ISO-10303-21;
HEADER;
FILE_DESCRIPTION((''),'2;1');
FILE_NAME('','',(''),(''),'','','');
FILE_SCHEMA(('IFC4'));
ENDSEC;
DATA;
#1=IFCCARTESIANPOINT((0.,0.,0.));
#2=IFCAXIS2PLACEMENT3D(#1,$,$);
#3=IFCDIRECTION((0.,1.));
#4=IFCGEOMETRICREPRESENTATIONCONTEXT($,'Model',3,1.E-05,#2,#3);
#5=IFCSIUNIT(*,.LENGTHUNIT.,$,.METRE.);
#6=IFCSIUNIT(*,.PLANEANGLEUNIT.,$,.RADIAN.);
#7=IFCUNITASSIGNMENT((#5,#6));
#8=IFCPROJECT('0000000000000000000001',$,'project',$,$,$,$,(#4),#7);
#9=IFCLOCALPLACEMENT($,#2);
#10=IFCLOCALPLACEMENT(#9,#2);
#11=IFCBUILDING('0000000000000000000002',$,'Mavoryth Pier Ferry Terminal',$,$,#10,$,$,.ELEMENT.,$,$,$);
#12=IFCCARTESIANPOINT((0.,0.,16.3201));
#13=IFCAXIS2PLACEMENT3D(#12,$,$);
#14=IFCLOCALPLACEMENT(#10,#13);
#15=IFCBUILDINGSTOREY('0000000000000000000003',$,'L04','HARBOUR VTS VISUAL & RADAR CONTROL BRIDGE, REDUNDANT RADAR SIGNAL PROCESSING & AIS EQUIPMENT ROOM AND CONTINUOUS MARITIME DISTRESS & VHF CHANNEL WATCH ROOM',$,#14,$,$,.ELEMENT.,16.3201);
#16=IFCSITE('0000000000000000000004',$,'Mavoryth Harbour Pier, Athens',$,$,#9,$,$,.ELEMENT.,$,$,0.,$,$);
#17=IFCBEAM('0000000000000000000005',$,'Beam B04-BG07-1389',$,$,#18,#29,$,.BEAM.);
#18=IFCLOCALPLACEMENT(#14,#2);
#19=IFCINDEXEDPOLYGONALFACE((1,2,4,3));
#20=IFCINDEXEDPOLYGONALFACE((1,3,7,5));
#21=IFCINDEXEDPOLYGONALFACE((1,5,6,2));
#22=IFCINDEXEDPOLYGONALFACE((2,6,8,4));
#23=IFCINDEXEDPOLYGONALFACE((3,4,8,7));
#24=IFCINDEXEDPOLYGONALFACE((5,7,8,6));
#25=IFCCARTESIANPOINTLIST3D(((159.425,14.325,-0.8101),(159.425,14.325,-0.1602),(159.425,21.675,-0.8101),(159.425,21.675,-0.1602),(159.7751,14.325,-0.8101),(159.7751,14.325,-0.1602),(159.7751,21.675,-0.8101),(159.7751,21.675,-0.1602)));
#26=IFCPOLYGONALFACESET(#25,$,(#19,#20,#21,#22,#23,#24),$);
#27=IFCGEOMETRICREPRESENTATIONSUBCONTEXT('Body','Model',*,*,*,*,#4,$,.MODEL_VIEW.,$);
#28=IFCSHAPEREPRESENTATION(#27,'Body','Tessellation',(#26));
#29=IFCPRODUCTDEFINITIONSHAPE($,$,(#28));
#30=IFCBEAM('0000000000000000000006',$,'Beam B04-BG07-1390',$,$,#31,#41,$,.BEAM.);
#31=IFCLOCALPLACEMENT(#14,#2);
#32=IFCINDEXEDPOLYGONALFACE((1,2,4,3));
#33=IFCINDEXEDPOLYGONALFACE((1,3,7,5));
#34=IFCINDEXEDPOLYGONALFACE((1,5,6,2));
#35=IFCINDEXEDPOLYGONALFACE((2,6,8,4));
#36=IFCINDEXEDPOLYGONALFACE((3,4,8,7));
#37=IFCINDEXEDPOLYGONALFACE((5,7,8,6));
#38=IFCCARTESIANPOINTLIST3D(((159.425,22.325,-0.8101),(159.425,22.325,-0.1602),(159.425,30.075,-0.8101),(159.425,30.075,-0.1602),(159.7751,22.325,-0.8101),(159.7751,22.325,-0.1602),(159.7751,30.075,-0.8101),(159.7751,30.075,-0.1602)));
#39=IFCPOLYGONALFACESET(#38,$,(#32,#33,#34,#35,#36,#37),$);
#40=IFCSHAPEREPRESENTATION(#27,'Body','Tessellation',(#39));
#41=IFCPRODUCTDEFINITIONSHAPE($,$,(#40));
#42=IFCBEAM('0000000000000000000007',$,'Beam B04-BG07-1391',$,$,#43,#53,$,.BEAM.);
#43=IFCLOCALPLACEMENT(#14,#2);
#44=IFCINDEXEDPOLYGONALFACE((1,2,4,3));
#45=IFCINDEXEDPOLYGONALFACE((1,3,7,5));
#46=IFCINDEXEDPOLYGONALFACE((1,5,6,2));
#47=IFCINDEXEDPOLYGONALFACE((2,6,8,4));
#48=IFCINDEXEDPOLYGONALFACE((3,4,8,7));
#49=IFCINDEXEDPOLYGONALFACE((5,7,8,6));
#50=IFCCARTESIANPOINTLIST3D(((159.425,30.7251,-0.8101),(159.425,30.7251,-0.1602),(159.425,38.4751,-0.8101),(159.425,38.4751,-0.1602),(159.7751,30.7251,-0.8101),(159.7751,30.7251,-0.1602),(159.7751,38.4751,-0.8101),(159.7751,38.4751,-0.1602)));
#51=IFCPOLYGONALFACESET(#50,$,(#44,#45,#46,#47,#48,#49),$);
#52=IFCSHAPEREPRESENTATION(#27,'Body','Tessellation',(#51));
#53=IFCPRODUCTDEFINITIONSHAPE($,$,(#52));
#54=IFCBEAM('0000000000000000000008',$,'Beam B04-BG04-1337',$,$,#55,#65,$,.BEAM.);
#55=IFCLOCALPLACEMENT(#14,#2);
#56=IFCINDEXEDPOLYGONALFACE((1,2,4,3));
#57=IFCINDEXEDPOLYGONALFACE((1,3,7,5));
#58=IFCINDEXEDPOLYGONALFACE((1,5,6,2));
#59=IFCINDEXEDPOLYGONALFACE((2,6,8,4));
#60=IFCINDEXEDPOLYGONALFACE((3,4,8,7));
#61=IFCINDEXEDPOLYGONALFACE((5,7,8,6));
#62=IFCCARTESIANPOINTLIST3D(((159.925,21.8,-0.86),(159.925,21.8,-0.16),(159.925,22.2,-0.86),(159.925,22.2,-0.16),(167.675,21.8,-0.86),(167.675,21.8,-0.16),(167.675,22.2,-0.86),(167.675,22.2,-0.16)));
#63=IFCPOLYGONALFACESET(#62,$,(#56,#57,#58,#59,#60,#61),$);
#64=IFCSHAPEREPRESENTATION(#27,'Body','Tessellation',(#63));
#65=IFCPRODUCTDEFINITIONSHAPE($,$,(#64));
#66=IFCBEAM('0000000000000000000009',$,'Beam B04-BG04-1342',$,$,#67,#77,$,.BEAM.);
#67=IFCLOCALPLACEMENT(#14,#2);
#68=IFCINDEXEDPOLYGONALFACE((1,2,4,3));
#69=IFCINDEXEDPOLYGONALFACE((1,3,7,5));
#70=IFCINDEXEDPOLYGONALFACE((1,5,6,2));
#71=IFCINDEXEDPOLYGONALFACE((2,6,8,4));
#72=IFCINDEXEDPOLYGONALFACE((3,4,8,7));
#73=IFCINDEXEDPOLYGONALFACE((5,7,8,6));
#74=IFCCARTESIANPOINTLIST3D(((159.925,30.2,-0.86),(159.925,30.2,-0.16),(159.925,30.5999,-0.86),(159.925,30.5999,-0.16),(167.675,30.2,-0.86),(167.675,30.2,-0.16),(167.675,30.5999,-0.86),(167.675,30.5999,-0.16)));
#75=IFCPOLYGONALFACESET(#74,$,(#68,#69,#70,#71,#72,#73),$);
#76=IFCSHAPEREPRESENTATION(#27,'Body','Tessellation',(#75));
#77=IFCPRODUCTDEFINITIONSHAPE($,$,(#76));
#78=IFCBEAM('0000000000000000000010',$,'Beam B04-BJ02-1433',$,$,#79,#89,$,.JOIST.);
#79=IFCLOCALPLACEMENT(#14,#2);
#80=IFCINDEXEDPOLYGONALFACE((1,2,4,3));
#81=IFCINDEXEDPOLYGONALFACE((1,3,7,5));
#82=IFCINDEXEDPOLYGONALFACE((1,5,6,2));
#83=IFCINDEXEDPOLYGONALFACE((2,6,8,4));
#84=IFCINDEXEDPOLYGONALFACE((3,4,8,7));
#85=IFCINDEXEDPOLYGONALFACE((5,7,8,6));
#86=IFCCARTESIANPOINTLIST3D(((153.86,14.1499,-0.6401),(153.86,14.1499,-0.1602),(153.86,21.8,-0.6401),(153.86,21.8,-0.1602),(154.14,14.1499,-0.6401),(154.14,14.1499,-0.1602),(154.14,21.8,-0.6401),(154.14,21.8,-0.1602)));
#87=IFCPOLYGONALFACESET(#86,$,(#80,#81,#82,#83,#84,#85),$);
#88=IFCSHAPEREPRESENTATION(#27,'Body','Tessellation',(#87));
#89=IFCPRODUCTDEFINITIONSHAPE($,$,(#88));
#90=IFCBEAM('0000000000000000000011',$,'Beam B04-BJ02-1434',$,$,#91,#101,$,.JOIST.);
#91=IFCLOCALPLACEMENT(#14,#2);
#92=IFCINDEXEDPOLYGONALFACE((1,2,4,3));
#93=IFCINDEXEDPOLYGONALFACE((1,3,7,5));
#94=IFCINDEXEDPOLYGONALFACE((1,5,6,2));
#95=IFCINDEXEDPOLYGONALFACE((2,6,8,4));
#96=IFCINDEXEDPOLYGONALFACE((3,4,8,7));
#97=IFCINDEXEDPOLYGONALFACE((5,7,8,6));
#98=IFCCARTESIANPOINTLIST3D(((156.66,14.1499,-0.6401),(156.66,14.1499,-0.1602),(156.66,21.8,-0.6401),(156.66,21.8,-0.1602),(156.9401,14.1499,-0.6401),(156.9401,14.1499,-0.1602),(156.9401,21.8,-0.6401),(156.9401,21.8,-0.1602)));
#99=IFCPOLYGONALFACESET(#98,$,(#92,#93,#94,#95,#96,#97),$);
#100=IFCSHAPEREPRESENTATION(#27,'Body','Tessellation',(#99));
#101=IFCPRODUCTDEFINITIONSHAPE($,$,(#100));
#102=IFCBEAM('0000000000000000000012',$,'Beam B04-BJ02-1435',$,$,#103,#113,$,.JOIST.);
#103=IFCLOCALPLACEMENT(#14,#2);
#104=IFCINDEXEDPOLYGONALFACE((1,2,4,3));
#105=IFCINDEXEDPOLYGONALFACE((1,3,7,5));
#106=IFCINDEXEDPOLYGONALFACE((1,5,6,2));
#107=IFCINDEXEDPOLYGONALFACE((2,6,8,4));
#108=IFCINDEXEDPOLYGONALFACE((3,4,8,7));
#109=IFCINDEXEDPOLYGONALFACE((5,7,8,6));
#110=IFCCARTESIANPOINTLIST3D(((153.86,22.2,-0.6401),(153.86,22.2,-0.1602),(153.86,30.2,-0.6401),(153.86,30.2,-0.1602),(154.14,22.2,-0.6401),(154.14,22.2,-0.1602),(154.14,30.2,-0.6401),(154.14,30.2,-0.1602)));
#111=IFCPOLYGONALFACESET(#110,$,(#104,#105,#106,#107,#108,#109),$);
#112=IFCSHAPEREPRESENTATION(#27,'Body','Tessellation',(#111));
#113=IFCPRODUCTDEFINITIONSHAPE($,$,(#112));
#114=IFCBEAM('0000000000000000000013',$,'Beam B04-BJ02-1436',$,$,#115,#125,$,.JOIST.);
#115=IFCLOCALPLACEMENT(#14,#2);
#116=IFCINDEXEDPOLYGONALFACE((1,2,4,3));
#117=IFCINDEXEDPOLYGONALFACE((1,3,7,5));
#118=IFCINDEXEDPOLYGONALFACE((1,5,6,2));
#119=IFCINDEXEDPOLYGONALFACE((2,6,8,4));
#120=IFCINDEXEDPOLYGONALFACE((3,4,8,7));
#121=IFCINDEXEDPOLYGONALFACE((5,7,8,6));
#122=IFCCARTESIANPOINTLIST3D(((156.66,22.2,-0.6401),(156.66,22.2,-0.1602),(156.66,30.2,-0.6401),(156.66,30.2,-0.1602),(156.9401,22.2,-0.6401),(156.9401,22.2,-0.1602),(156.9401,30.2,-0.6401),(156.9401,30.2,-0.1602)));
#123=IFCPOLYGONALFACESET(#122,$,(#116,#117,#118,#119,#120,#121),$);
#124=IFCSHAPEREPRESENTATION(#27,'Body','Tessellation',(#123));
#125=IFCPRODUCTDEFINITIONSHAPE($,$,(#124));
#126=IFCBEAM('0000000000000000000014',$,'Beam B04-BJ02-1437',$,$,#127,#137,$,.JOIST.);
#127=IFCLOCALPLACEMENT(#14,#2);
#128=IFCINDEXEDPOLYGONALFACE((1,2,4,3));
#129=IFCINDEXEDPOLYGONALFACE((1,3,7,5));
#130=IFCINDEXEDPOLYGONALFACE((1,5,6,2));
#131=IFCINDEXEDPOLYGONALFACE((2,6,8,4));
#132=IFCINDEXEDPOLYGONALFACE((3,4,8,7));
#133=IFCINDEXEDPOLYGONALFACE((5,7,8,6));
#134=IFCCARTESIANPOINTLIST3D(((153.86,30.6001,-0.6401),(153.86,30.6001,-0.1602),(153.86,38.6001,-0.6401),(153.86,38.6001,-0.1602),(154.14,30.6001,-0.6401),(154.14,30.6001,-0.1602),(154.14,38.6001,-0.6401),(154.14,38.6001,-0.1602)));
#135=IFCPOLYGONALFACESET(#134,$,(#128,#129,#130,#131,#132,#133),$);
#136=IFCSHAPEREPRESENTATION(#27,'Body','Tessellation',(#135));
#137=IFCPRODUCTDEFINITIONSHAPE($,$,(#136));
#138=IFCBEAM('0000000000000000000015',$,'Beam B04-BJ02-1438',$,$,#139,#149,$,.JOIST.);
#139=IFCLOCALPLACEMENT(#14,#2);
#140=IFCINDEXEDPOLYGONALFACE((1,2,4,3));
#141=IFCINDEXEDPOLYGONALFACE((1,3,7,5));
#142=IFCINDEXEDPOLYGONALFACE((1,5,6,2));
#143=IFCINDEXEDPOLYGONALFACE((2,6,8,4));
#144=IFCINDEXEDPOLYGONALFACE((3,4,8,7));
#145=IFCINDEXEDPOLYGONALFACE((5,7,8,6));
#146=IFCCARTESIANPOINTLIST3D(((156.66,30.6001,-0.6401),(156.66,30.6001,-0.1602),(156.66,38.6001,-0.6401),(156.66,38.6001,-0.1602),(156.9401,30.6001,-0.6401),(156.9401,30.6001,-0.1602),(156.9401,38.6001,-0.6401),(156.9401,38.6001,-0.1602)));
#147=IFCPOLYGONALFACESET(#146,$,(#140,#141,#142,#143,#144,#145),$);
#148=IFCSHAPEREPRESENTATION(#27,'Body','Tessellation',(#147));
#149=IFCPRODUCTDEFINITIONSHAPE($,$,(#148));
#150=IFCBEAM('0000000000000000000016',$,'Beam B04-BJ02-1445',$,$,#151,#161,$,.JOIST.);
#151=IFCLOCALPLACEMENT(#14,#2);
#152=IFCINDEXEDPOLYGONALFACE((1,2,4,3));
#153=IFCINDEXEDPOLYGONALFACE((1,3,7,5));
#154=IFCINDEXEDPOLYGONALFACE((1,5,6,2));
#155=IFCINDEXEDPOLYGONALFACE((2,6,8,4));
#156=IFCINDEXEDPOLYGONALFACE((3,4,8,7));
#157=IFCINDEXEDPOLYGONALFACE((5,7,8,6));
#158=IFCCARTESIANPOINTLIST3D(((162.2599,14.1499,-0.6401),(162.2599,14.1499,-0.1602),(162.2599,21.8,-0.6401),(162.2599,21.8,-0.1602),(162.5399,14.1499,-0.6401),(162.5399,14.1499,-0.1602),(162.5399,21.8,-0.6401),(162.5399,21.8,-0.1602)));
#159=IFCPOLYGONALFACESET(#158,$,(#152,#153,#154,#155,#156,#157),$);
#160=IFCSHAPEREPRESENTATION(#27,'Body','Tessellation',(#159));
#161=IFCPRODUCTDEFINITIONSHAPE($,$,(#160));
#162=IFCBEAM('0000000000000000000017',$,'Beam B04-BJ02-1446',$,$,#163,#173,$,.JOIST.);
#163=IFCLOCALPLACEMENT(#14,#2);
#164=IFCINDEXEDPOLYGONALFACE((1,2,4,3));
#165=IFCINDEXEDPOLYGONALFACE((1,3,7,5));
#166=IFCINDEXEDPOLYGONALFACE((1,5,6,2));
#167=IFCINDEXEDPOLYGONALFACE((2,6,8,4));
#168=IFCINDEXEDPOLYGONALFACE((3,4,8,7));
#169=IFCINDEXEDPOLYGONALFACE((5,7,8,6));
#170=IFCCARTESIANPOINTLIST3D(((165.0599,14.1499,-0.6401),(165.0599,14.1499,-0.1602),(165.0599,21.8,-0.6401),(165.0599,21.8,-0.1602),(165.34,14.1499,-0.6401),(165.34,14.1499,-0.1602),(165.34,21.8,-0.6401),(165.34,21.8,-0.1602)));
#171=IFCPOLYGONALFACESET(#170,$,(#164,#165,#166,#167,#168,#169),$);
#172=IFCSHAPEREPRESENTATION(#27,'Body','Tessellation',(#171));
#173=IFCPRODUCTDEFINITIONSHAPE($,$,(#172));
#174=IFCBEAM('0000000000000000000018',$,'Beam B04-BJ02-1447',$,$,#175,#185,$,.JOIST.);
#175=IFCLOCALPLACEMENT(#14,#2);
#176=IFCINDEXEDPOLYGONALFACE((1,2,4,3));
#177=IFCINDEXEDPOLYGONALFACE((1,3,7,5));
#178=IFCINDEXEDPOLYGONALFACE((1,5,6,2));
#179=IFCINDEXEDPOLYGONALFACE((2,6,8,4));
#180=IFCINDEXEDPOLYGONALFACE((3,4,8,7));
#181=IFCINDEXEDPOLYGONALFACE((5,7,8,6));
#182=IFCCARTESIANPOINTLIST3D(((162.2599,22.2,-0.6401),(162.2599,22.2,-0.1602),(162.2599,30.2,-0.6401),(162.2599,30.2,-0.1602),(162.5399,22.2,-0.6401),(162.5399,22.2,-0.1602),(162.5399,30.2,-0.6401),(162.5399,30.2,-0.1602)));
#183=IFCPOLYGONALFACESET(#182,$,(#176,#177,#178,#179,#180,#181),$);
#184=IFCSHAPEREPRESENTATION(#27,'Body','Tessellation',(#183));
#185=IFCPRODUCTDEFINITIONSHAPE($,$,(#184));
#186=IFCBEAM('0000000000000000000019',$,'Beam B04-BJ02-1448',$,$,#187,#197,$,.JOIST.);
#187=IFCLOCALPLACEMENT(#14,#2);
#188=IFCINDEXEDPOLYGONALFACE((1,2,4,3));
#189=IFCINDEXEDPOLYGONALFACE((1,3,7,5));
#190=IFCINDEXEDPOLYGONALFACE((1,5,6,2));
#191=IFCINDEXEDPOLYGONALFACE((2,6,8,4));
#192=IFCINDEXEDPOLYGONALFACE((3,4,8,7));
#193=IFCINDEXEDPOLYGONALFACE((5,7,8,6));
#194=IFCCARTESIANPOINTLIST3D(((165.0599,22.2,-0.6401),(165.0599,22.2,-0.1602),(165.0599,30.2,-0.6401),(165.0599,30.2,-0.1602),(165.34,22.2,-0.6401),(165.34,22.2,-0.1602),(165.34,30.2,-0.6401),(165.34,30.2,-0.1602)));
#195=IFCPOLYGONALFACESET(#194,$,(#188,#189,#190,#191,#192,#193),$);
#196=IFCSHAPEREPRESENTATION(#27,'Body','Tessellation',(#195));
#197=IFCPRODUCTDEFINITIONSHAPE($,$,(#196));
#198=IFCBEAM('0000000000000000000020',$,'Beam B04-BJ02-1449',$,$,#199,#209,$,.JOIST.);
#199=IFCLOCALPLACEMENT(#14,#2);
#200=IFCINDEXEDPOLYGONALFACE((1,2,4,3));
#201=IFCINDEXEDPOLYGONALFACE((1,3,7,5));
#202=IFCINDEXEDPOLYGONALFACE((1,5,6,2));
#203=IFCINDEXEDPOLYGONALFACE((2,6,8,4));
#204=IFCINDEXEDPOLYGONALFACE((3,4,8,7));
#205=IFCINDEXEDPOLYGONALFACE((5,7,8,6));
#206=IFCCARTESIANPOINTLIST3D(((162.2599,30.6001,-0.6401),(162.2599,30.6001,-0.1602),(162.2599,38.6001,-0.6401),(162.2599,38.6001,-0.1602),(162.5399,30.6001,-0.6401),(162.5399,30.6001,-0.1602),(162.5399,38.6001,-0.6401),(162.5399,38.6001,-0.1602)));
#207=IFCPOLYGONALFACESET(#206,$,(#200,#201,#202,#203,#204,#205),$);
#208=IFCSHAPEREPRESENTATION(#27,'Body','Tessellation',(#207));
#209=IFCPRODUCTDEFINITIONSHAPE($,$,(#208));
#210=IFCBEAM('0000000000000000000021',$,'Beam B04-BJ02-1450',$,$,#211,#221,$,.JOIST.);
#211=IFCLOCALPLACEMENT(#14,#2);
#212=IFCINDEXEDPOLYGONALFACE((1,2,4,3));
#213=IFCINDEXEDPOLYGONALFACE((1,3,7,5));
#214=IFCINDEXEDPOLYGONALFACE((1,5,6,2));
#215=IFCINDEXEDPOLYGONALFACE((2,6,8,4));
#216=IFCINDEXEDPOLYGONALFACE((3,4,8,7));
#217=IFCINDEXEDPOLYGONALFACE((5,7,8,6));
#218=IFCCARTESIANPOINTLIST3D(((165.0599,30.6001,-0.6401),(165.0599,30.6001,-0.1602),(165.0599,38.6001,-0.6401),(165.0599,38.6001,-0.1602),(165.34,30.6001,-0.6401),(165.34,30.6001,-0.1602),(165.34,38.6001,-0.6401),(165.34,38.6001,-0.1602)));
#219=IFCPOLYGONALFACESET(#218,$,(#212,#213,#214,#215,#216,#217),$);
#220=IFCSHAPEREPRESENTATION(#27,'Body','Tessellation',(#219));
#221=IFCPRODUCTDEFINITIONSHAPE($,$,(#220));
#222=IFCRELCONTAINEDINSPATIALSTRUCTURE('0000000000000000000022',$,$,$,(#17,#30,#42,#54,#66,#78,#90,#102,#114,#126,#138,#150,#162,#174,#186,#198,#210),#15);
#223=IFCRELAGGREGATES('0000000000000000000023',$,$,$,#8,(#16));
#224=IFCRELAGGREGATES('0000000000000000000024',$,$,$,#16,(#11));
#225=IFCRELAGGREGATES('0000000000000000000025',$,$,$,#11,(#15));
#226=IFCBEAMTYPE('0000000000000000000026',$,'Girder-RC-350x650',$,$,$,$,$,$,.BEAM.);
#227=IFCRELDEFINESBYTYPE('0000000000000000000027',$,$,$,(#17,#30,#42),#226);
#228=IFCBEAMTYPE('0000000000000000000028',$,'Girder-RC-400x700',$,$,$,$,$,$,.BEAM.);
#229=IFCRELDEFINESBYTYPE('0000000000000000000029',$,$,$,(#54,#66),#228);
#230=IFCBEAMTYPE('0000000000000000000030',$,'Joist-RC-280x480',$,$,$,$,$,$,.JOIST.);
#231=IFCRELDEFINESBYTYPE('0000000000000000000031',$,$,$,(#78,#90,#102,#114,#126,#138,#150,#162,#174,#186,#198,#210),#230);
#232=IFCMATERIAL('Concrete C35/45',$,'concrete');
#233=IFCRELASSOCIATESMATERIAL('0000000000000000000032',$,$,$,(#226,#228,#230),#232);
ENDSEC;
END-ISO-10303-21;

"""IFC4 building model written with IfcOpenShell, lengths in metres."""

from ifc_helpers import new_model, si_unit, direction, frame, origin, origin_2d, place, context, subcontext, project, spatial, rectangle, extrude, material, material_profile, profile_set, type_object, element, save


model = new_model("IFC4")

# Units and contexts
model_context = context("Model", 3, precision=1e-05, world=origin(), true_north=direction((0.0, 1.0)))
body_context = subcontext(model_context, "Body", "Model", "MODEL_VIEW")
ifc_project = project(units=[si_unit("LENGTHUNIT", "METRE"), si_unit("PLANEANGLEUNIT", "RADIAN")], contexts=[model_context])

# Site, building, storey
site_placement = place(None, origin())
site = spatial("IfcSite", under=ifc_project, at=site_placement, Name="Mavoryth Harbour Pier, Athens", CompositionType="ELEMENT", RefElevation=0.0)
building_placement = place(site_placement, origin())
building = spatial("IfcBuilding", under=site, at=building_placement, Name="Mavoryth Pier Ferry Terminal", CompositionType="ELEMENT")
storey_placement = place(building_placement, frame((0.0, 0.0, 16.3201)))
storey = spatial("IfcBuildingStorey", under=building, at=storey_placement, Name="L04", Description="HARBOUR VTS VISUAL & RADAR CONTROL BRIDGE, REDUNDANT RADAR SIGNAL PROCESSING & AIS EQUIPMENT ROOM AND CONTINUOUS MARITIME DISTRESS & VHF CHANNEL WATCH ROOM", CompositionType="ELEMENT", Elevation=16.3201)

# Beams
ifc_material = material(Name="Concrete C35/45", Category="concrete")
ifc_material_profile_1 = material_profile(ifc_material, rectangle(XDim=0.3501, YDim=0.6499, at=origin_2d()), Name="RC 350x650", Category="concrete")
ifc_profile_set_1 = profile_set([ifc_material_profile_1], Name="Concrete C35/45 - RC 350x650")
beam_type_1 = type_object("IfcBeamType", Name="Girder-RC-350x650", PredefinedType="BEAM", material=ifc_profile_set_1)
beam_1_placement = place(storey_placement, frame((159.6001, 14.325, -0.4851), z_axis=(0.0, 1.0, 0.0), x_axis=(-1.0, 0.0, 0.0)))
element("IfcBeam", 1, at=beam_1_placement, inside=storey, type_object=beam_type_1, Name="Beam B04-BG07-1389", PredefinedType="BEAM", context=body_context, shape_type="SweptSolid", body=[
    extrude(rectangle(XDim=0.3501, YDim=0.6499, at=origin_2d()), origin(), (0.0, 0.0, 1.0), 7.3501),
])
for number, where, z_axis, x_axis, name in (
    (2, (159.6001, 22.325, -0.4851), (0.0, 1.0, 0.0), (-1.0, 0.0, 0.0), "Beam B04-BG07-1390"),
    (3, (159.6001, 30.7251, -0.4851), (0.0, 1.0, 0.0), (-1.0, 0.0, 0.0), "Beam B04-BG07-1391"),
):
    element("IfcBeam", number, at=place(storey_placement, frame(where, z_axis=z_axis, x_axis=x_axis)), inside=storey, type_object=beam_type_1, Name=name, PredefinedType="BEAM", context=body_context, shape_type="SweptSolid", body=[
        extrude(rectangle(XDim=0.3501, YDim=0.6499, at=origin_2d()), origin(), (0.0, 0.0, 1.0), 7.75),
    ])
ifc_material_profile_2 = material_profile(ifc_material, rectangle(XDim=0.3999, YDim=0.7, at=origin_2d()), Name="RC 400x700", Category="concrete")
ifc_profile_set_2 = profile_set([ifc_material_profile_2], Name="Concrete C35/45 - RC 400x700")
beam_type_2 = type_object("IfcBeamType", Name="Girder-RC-400x700", PredefinedType="BEAM", material=ifc_profile_set_2)
for number, where, z_axis, x_axis, name in (
    (4, (159.925, 22.0, -0.51), (1.0, 0.0, 0.0), (0.0, 1.0, 0.0), "Beam B04-BG04-1337"),
    (5, (159.925, 30.3999, -0.51), (1.0, 0.0, 0.0), (0.0, 1.0, 0.0), "Beam B04-BG04-1342"),
):
    element("IfcBeam", number, at=place(storey_placement, frame(where, z_axis=z_axis, x_axis=x_axis)), inside=storey, type_object=beam_type_2, Name=name, PredefinedType="BEAM", context=body_context, shape_type="SweptSolid", body=[
        extrude(rectangle(XDim=0.3999, YDim=0.7, at=origin_2d()), origin(), (0.0, 0.0, 1.0), 7.75),
    ])
ifc_material_profile_3 = material_profile(ifc_material, rectangle(XDim=0.28, YDim=0.48, at=origin_2d()), Name="RC 280x480", Category="concrete")
ifc_profile_set_3 = profile_set([ifc_material_profile_3], Name="Concrete C35/45 - RC 280x480")
beam_type_3 = type_object("IfcBeamType", Name="Joist-RC-280x480", PredefinedType="JOIST", material=ifc_profile_set_3)
for number, where, z_axis, x_axis, name in (
    (6, (154.0, 14.1499, -0.4001), (0.0, 1.0, 0.0), (-1.0, 0.0, 0.0), "Beam B04-BJ02-1433"),
    (7, (156.8, 14.1499, -0.4001), (0.0, 1.0, 0.0), (-1.0, 0.0, 0.0), "Beam B04-BJ02-1434"),
):
    element("IfcBeam", number, at=place(storey_placement, frame(where, z_axis=z_axis, x_axis=x_axis)), inside=storey, type_object=beam_type_3, Name=name, PredefinedType="JOIST", context=body_context, shape_type="SweptSolid", body=[
        extrude(rectangle(XDim=0.28, YDim=0.48, at=origin_2d()), origin(), (0.0, 0.0, 1.0), 7.6501),
    ])
for number, where, z_axis, x_axis, name in (
    (8, (154.0, 22.2, -0.4001), (0.0, 1.0, 0.0), (-1.0, 0.0, 0.0), "Beam B04-BJ02-1435"),
    (9, (156.8, 22.2, -0.4001), (0.0, 1.0, 0.0), (-1.0, 0.0, 0.0), "Beam B04-BJ02-1436"),
    (10, (154.0, 30.6001, -0.4001), (0.0, 1.0, 0.0), (-1.0, 0.0, 0.0), "Beam B04-BJ02-1437"),
    (11, (156.8, 30.6001, -0.4001), (0.0, 1.0, 0.0), (-1.0, 0.0, 0.0), "Beam B04-BJ02-1438"),
):
    element("IfcBeam", number, at=place(storey_placement, frame(where, z_axis=z_axis, x_axis=x_axis)), inside=storey, type_object=beam_type_3, Name=name, PredefinedType="JOIST", context=body_context, shape_type="SweptSolid", body=[
        extrude(rectangle(XDim=0.28, YDim=0.48, at=origin_2d()), origin(), (0.0, 0.0, 1.0), 8.0),
    ])
for number, where, z_axis, x_axis, name in (
    (12, (162.3999, 14.1499, -0.4001), (0.0, 1.0, 0.0), (-1.0, 0.0, 0.0), "Beam B04-BJ02-1445"),
    (13, (165.2, 14.1499, -0.4001), (0.0, 1.0, 0.0), (-1.0, 0.0, 0.0), "Beam B04-BJ02-1446"),
):
    element("IfcBeam", number, at=place(storey_placement, frame(where, z_axis=z_axis, x_axis=x_axis)), inside=storey, type_object=beam_type_3, Name=name, PredefinedType="JOIST", context=body_context, shape_type="SweptSolid", body=[
        extrude(rectangle(XDim=0.28, YDim=0.48, at=origin_2d()), origin(), (0.0, 0.0, 1.0), 7.6501),
    ])
for number, where, z_axis, x_axis, name in (
    (14, (162.3999, 22.2, -0.4001), (0.0, 1.0, 0.0), (-1.0, 0.0, 0.0), "Beam B04-BJ02-1447"),
    (15, (165.2, 22.2, -0.4001), (0.0, 1.0, 0.0), (-1.0, 0.0, 0.0), "Beam B04-BJ02-1448"),
    (16, (162.3999, 30.6001, -0.4001), (0.0, 1.0, 0.0), (-1.0, 0.0, 0.0), "Beam B04-BJ02-1449"),
    (17, (165.2, 30.6001, -0.4001), (0.0, 1.0, 0.0), (-1.0, 0.0, 0.0), "Beam B04-BJ02-1450"),
):
    element("IfcBeam", number, at=place(storey_placement, frame(where, z_axis=z_axis, x_axis=x_axis)), inside=storey, type_object=beam_type_3, Name=name, PredefinedType="JOIST", context=body_context, shape_type="SweptSolid", body=[
        extrude(rectangle(XDim=0.28, YDim=0.48, at=origin_2d()), origin(), (0.0, 0.0, 1.0), 8.0),
    ])

save(model, "model.ifc")
